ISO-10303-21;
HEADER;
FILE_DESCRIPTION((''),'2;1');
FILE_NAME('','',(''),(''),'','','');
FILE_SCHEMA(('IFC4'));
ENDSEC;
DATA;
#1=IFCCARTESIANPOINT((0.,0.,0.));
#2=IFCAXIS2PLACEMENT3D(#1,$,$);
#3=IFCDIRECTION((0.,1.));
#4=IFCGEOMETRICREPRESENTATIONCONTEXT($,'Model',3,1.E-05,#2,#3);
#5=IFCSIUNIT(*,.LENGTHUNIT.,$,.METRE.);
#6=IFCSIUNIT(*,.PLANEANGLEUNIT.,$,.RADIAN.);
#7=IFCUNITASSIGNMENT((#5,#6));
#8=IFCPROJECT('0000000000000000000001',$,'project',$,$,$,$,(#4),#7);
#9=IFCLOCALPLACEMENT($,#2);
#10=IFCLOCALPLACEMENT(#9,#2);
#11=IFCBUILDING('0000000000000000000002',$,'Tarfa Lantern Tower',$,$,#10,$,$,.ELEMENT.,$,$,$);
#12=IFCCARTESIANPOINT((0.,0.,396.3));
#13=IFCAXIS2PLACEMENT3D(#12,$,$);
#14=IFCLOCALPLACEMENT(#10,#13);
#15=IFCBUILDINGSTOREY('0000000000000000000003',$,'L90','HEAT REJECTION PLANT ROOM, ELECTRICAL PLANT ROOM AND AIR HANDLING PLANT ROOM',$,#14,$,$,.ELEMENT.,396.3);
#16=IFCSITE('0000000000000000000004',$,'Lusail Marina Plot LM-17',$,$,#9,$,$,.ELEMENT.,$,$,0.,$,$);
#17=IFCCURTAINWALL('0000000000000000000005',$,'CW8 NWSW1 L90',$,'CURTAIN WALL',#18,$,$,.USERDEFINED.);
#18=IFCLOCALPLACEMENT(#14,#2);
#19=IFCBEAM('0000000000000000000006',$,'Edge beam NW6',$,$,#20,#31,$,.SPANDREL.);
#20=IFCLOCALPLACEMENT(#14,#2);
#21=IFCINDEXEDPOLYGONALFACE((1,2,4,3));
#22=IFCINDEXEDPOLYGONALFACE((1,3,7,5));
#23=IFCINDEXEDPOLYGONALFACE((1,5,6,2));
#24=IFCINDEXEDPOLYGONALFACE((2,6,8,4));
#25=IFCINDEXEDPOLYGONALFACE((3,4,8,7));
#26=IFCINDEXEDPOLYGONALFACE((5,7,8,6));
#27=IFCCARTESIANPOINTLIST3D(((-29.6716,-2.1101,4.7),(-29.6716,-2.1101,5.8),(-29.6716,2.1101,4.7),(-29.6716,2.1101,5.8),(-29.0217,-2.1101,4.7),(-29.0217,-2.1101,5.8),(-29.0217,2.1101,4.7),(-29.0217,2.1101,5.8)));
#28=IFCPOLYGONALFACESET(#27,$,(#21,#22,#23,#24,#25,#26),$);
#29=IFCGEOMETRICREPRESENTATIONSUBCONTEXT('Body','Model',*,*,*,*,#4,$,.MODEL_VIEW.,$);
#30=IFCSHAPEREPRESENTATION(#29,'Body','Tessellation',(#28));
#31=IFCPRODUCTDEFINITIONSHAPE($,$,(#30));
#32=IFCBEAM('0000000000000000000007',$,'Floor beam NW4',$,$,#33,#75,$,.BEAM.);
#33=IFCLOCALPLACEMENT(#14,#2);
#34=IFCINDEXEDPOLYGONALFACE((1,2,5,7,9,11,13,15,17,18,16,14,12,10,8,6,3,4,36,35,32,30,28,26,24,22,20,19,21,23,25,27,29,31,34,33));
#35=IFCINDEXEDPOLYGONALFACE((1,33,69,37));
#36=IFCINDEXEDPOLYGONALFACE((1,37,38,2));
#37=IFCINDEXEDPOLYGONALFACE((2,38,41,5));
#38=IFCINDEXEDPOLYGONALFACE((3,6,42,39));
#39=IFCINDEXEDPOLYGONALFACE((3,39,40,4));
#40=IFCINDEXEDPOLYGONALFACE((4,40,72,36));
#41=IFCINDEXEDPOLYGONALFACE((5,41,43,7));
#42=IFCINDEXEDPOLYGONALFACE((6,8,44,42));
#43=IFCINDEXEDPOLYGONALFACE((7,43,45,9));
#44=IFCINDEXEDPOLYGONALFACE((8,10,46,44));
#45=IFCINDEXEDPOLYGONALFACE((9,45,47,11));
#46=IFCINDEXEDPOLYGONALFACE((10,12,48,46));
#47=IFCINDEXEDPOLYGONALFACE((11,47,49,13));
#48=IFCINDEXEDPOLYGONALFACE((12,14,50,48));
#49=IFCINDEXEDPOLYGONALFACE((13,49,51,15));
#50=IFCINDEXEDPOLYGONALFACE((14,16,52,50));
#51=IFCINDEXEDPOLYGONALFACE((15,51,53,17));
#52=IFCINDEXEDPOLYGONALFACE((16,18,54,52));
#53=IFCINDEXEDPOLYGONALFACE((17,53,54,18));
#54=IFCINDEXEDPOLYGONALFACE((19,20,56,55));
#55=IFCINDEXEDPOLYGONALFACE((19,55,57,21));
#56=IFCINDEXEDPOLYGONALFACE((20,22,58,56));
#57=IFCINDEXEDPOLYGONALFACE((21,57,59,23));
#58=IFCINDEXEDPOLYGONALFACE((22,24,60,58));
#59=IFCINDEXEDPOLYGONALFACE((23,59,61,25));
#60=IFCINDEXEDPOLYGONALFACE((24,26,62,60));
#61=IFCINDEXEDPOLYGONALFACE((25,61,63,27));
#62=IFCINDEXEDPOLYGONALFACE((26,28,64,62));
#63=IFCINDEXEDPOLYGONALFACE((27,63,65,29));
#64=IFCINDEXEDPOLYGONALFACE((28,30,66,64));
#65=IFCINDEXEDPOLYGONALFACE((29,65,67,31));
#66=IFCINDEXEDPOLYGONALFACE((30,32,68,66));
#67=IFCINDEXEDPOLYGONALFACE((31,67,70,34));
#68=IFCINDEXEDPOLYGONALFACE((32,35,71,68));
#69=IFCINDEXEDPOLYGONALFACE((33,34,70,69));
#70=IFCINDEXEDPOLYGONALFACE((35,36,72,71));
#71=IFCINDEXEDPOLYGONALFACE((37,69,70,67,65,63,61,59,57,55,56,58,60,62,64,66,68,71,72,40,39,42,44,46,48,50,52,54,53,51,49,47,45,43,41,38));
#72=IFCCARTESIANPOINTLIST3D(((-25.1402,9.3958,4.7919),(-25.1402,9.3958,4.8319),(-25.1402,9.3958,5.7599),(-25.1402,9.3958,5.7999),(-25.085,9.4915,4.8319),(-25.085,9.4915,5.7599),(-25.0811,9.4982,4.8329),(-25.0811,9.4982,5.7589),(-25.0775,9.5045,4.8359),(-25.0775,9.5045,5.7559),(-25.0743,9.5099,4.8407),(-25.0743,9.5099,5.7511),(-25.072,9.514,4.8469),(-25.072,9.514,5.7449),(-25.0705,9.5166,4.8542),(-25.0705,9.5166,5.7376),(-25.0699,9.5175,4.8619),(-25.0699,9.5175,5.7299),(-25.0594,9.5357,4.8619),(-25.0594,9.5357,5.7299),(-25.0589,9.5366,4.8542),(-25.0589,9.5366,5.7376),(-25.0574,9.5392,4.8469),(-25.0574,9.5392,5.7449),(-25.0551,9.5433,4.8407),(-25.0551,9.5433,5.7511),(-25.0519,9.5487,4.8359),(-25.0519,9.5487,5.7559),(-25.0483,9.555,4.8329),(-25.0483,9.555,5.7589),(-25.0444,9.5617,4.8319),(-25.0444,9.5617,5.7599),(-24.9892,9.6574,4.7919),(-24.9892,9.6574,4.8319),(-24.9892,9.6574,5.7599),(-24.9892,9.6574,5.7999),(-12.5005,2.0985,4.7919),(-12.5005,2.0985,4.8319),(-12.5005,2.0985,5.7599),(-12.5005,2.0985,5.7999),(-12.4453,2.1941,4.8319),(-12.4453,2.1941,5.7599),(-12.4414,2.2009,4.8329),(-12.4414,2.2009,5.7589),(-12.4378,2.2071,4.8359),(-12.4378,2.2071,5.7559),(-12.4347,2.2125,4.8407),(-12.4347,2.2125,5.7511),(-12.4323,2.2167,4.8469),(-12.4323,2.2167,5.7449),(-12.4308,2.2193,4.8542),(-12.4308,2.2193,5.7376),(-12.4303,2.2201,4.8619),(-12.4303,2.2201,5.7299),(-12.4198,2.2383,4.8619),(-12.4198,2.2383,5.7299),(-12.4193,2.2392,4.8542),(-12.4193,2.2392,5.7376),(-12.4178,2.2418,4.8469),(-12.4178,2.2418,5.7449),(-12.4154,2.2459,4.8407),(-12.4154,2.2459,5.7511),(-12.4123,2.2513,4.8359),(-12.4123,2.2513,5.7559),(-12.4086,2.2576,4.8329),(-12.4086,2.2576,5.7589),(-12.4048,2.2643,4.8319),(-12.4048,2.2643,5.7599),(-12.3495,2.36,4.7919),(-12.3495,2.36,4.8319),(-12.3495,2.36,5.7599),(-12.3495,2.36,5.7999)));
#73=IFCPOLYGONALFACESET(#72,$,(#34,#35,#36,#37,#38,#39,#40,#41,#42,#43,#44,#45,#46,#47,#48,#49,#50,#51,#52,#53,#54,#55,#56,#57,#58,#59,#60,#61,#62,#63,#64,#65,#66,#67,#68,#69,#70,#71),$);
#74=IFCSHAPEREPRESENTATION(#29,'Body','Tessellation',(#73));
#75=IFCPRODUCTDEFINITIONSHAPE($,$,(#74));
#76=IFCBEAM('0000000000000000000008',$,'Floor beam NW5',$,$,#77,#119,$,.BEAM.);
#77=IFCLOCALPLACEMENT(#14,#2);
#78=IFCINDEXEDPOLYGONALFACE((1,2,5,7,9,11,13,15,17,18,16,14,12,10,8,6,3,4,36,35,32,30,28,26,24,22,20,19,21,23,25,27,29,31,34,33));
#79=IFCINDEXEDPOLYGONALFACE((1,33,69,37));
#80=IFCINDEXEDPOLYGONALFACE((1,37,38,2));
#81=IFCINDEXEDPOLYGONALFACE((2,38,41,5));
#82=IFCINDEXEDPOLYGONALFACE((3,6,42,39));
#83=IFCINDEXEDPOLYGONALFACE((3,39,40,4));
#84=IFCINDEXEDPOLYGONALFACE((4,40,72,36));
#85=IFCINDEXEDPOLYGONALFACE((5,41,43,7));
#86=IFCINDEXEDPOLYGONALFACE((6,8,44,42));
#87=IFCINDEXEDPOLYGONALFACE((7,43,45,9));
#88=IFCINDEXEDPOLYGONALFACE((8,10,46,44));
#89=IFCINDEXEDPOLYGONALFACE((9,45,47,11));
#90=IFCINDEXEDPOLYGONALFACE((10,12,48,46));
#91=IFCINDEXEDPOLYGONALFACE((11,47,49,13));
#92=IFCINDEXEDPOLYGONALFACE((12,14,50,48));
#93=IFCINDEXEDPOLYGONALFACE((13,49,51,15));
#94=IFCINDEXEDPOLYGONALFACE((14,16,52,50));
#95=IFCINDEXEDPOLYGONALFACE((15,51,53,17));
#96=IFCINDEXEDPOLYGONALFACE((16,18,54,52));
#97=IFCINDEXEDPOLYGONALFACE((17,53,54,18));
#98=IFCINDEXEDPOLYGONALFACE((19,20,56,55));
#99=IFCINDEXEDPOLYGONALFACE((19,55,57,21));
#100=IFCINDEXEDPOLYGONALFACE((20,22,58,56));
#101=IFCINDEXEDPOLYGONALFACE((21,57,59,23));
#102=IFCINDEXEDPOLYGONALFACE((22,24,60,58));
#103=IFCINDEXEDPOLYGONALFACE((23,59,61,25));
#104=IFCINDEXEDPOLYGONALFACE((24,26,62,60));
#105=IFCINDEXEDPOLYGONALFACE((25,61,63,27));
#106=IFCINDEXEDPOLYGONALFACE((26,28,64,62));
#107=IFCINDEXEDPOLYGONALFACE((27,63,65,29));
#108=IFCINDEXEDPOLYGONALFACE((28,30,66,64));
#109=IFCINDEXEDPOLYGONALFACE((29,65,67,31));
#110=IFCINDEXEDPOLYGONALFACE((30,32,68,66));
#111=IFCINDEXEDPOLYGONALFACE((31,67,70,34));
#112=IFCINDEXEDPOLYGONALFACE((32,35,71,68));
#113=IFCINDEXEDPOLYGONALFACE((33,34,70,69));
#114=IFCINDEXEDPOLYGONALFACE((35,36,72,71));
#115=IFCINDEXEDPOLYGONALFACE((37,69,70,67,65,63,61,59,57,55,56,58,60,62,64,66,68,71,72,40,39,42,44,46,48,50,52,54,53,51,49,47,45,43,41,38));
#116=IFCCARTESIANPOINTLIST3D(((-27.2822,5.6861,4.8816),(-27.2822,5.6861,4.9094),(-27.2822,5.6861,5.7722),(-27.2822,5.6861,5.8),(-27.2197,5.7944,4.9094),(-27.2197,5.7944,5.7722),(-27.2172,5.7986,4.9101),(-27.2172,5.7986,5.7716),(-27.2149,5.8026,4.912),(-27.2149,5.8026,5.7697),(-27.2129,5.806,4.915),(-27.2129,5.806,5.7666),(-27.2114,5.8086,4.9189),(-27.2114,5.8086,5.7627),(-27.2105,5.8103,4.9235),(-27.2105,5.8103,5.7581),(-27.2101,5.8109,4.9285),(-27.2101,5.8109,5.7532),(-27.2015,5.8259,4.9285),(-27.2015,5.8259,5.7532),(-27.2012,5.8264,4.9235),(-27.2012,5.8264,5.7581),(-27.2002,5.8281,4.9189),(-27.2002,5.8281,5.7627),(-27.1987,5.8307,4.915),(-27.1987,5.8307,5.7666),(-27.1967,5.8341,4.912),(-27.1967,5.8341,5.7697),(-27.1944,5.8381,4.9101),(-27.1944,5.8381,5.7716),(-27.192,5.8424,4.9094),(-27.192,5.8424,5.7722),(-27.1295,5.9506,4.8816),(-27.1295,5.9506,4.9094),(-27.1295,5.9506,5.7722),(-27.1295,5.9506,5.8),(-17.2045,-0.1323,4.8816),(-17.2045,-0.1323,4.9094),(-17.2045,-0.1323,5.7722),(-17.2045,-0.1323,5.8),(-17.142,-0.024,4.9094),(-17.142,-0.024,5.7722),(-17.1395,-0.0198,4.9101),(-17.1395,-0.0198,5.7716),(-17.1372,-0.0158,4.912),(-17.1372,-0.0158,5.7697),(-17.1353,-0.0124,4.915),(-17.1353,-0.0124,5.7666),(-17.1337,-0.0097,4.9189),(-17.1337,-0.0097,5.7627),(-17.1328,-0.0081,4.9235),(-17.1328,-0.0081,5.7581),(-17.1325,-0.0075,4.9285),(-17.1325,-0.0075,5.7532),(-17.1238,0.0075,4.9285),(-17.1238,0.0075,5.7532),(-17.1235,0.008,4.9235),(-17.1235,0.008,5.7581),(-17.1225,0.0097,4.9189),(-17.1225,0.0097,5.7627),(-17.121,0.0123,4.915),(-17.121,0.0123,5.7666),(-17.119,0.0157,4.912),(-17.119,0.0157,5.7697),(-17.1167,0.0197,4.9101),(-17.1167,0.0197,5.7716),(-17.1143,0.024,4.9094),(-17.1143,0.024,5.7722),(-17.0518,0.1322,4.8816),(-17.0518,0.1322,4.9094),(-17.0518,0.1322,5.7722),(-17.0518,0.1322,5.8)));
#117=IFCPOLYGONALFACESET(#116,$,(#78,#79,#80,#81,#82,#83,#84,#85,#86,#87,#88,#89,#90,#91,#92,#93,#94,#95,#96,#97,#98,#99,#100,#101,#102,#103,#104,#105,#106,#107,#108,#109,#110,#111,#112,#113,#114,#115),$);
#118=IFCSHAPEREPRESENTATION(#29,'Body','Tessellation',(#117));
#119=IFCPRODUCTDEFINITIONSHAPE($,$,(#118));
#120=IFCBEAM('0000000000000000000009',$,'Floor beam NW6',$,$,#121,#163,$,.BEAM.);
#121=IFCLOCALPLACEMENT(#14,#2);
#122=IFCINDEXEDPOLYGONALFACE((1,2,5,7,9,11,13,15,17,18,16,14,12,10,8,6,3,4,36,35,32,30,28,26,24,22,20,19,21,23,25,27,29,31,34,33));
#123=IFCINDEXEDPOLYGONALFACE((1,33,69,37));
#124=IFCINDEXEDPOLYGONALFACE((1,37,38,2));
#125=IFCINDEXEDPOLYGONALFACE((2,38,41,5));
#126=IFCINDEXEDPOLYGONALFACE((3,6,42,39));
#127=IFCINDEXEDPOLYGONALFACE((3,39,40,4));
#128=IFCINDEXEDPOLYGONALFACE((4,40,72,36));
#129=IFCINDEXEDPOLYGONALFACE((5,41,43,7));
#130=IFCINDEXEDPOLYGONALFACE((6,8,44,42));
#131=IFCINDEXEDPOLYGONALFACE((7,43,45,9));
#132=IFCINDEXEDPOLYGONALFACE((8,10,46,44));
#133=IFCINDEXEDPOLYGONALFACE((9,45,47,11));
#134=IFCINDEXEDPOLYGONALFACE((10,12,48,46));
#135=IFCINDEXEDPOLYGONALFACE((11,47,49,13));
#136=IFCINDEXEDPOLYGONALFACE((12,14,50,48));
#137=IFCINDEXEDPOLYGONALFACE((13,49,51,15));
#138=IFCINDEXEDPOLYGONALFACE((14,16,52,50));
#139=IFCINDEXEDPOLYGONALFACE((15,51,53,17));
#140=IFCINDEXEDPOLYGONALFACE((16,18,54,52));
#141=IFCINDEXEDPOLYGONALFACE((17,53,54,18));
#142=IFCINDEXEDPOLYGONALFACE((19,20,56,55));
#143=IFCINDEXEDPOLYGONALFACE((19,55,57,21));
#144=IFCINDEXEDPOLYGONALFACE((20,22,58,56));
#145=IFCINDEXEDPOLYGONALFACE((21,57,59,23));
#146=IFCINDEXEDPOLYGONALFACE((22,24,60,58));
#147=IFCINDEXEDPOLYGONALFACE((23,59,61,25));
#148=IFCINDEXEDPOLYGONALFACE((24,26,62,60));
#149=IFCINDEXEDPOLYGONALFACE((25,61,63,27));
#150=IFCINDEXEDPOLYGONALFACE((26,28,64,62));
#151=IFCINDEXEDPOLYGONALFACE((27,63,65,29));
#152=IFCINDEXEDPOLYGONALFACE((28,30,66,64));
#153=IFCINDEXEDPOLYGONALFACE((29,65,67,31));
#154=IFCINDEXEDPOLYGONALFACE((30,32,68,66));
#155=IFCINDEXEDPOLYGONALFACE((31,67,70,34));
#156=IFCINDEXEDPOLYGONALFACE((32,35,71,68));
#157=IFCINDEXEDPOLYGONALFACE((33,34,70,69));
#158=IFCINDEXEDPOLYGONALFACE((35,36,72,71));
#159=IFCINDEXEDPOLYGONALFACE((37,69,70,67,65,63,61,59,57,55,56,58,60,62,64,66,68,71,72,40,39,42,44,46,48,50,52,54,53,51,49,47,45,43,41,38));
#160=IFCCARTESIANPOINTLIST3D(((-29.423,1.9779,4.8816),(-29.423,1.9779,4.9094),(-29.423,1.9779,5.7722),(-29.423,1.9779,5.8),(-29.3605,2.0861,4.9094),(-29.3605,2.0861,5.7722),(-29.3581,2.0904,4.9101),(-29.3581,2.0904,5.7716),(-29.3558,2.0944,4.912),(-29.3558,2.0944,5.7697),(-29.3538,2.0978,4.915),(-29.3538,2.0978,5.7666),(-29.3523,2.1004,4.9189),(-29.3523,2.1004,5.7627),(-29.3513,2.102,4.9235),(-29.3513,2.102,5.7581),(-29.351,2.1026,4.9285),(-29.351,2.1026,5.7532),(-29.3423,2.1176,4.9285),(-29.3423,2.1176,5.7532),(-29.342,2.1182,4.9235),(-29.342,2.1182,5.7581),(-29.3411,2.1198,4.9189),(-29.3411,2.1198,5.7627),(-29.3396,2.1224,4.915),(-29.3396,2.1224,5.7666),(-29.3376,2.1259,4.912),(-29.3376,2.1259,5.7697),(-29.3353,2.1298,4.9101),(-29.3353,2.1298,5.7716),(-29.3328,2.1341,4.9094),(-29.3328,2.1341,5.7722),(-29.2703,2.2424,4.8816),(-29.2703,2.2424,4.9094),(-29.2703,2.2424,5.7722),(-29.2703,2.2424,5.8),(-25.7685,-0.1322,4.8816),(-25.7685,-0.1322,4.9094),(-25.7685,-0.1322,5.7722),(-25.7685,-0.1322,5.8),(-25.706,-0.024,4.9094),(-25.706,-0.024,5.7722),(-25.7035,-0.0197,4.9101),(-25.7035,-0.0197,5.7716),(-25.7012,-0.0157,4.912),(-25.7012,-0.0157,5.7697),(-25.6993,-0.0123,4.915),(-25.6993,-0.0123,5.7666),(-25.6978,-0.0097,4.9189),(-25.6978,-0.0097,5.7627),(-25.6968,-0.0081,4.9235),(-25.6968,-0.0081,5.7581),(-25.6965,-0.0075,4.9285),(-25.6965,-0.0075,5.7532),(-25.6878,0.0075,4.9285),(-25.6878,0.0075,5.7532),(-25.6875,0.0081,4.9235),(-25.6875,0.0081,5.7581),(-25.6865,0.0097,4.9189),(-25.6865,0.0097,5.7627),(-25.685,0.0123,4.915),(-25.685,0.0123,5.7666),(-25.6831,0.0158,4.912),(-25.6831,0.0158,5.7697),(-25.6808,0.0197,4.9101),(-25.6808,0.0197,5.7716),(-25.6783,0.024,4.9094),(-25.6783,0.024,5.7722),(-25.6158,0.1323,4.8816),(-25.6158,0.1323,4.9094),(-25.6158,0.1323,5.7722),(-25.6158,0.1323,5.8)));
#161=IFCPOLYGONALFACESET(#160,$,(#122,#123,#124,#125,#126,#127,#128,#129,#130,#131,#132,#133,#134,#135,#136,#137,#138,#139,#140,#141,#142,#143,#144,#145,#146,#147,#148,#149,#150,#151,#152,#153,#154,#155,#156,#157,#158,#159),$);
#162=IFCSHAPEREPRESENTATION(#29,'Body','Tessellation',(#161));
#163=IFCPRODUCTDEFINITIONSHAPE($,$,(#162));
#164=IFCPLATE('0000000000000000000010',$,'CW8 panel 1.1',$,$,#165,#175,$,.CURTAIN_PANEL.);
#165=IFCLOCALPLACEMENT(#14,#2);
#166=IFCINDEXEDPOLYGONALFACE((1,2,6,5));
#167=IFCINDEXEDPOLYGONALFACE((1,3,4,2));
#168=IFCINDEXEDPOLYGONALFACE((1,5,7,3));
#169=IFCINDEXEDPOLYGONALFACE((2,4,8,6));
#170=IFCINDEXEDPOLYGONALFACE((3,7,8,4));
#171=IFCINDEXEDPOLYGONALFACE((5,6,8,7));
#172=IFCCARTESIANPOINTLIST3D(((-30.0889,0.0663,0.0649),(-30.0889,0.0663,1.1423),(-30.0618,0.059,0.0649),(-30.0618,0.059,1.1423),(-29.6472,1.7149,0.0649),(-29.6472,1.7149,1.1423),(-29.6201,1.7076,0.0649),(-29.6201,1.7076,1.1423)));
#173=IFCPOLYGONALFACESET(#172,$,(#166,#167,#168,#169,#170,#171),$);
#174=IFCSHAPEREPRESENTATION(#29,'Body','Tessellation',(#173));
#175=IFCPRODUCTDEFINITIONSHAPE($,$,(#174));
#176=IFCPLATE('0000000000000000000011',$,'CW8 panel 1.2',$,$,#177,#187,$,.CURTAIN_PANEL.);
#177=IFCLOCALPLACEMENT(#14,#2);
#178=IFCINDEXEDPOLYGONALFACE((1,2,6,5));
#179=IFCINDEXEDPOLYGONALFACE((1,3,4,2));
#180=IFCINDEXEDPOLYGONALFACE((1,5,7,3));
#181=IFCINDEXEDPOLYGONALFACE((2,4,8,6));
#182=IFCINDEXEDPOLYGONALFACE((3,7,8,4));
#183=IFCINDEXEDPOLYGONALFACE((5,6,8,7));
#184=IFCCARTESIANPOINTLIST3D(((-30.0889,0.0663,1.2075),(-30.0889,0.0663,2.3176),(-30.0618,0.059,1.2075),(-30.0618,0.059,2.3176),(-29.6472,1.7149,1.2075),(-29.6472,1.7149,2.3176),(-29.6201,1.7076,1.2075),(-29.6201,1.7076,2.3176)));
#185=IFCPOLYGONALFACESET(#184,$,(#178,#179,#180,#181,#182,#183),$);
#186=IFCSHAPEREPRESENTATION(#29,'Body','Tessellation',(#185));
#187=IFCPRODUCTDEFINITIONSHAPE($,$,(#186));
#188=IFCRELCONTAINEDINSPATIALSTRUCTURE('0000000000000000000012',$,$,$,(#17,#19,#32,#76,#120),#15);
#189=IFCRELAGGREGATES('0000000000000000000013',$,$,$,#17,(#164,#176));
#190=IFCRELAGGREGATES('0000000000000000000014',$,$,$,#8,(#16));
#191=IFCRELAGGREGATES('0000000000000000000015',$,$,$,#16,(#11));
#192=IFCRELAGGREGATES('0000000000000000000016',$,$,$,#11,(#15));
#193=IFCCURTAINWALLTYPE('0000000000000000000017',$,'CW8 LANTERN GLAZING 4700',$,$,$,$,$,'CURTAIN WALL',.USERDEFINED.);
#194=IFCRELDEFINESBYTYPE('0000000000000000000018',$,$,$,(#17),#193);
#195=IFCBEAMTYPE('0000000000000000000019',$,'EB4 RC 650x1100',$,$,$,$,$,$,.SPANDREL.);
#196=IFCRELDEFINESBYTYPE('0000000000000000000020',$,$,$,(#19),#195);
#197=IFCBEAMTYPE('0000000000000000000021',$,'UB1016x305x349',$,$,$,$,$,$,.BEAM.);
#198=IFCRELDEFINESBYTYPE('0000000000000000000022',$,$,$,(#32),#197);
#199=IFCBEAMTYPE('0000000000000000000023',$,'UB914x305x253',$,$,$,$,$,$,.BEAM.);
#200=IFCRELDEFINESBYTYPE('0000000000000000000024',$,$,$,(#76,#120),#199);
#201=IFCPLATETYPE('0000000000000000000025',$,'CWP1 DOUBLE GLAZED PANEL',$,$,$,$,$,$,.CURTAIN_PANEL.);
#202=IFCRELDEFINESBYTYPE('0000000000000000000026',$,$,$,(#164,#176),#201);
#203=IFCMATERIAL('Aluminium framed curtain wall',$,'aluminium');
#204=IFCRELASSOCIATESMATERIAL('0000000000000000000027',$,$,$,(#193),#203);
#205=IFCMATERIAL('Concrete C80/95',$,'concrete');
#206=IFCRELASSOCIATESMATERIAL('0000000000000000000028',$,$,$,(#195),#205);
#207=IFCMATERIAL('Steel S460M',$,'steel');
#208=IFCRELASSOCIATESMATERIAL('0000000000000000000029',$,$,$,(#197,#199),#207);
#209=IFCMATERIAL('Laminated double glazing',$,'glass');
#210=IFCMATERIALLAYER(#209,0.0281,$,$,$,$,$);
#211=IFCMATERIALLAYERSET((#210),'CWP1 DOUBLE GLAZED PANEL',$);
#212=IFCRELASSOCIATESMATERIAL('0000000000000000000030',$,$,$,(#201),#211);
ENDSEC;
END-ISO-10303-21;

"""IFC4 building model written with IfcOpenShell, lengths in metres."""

from ifc_helpers import new_model, si_unit, direction, frame, origin, origin_2d, place, context, subcontext, project, spatial, rectangle, i_section, extrude, material, layer, layer_set, material_profile, profile_set, type_object, element, aggregate, save


model = new_model("IFC4")

# Units and contexts
model_context = context("Model", 3, precision=1e-05, world=origin(), true_north=direction((0.0, 1.0)))
body_context = subcontext(model_context, "Body", "Model", "MODEL_VIEW")
ifc_project = project(units=[si_unit("LENGTHUNIT", "METRE"), si_unit("PLANEANGLEUNIT", "RADIAN")], contexts=[model_context])

# Site, building, storey
site_placement = place(None, origin())
site = spatial("IfcSite", under=ifc_project, at=site_placement, Name="Lusail Marina Plot LM-17", CompositionType="ELEMENT", RefElevation=0.0)
building_placement = place(site_placement, origin())
building = spatial("IfcBuilding", under=site, at=building_placement, Name="Tarfa Lantern Tower", CompositionType="ELEMENT")
storey_placement = place(building_placement, frame((0.0, 0.0, 396.3)))
storey = spatial("IfcBuildingStorey", under=building, at=storey_placement, Name="L90", Description="HEAT REJECTION PLANT ROOM, ELECTRICAL PLANT ROOM AND AIR HANDLING PLANT ROOM", CompositionType="ELEMENT", Elevation=396.3)

# Shared definitions
ifc_material_1 = material(Name="Concrete C80/95", Category="concrete")

# Curtain wall
ifc_material_2 = material(Name="Aluminium framed curtain wall", Category="aluminium")
curtain_wall_type = type_object("IfcCurtainWallType", Name="CW8 LANTERN GLAZING 4700", ElementType="CURTAIN WALL", PredefinedType="USERDEFINED", material=ifc_material_2)
curtain_wall_1_placement = place(storey_placement, origin())
curtain_wall_1 = element("IfcCurtainWall", 1, at=curtain_wall_1_placement, inside=storey, type_object=curtain_wall_type, Name="CW8 NWSW1 L90", ObjectType="CURTAIN WALL", PredefinedType="USERDEFINED")

# Beams
ifc_material_profile_1 = material_profile(ifc_material_1, rectangle(XDim=0.6499, YDim=1.1001, at=origin_2d()), Name="RC 650x1100")
ifc_profile_set_1 = profile_set([ifc_material_profile_1], Name="Concrete C80/95")
beam_type_1 = type_object("IfcBeamType", Name="EB4 RC 650x1100", PredefinedType="SPANDREL", material=ifc_profile_set_1)
beam_1_placement = place(storey_placement, frame((-29.3467, 2.1101, 5.25), z_axis=(0.0, -1.0, 0.0), x_axis=(1.0, 0.0, 0.0)))
element("IfcBeam", 2, at=beam_1_placement, inside=storey, type_object=beam_type_1, Name="Edge beam NW6", PredefinedType="SPANDREL", context=body_context, shape_type="SweptSolid", body=[
    extrude(rectangle(XDim=0.6499, YDim=1.1001, at=origin_2d()), origin(), (0.0, 0.0, 1.0), 4.2202),
])
ifc_material_3 = material(Name="Steel S460M", Category="steel")
ifc_material_profile_2 = material_profile(ifc_material_3, i_section(OverallWidth=0.302, OverallDepth=1.0081, WebThickness=0.021, FlangeThickness=0.04, FilletRadius=0.03, at=origin_2d()), Name="UB1016x305x349")
ifc_profile_set_2 = profile_set([ifc_material_profile_2], Name="Steel S460M")
beam_type_2 = type_object("IfcBeamType", Name="UB1016x305x349", PredefinedType="BEAM", material=ifc_profile_set_2)
beam_2_placement = place(storey_placement, frame((-25.0647, 9.5266, 5.2959), z_axis=(0.86603, -0.499993, 0.0), x_axis=(0.499993, 0.86603, 0.0)))
element("IfcBeam", 3, at=beam_2_placement, inside=storey, type_object=beam_type_2, Name="Floor beam NW4", PredefinedType="BEAM", context=body_context, shape_type="SweptSolid", body=[
    extrude(i_section(OverallWidth=0.302, OverallDepth=1.0081, WebThickness=0.021, FlangeThickness=0.04, FilletRadius=0.03, at=origin_2d()), origin(), (0.0, 0.0, 1.0), 14.595),
])
ifc_material_profile_3 = material_profile(ifc_material_3, i_section(OverallWidth=0.3054, OverallDepth=0.9185, WebThickness=0.0173, FlangeThickness=0.0278, FilletRadius=0.019, at=origin_2d()), Name="UB914x305x253")
ifc_profile_set_3 = profile_set([ifc_material_profile_3], Name="Steel S460M")
beam_type_3 = type_object("IfcBeamType", Name="UB914x305x253", PredefinedType="BEAM", material=ifc_profile_set_3)
beam_3_placement = place(storey_placement, frame((-27.2058, 5.8184, 5.3408), z_axis=(0.866024, -0.500002, 0.0), x_axis=(0.500002, 0.866024, 0.0)))
element("IfcBeam", 4, at=beam_3_placement, inside=storey, type_object=beam_type_3, Name="Floor beam NW5", PredefinedType="BEAM", context=body_context, shape_type="SweptSolid", body=[
    extrude(i_section(OverallWidth=0.3054, OverallDepth=0.9185, WebThickness=0.0173, FlangeThickness=0.0278, FilletRadius=0.019, at=origin_2d()), origin(), (0.0, 0.0, 1.0), 11.6367),
])
beam_4_placement = place(storey_placement, frame((-29.3467, 2.1101, 5.3408), z_axis=(0.866009, -0.500028, 0.0), x_axis=(0.500028, 0.866009, 0.0)))
element("IfcBeam", 5, at=beam_4_placement, inside=storey, type_object=beam_type_3, Name="Floor beam NW6", PredefinedType="BEAM", context=body_context, shape_type="SweptSolid", body=[
    extrude(i_section(OverallWidth=0.3054, OverallDepth=0.9185, WebThickness=0.0173, FlangeThickness=0.0278, FilletRadius=0.019, at=origin_2d()), origin(), (0.0, 0.0, 1.0), 4.22),
])

# Plates
ifc_material_4 = material(Name="Laminated double glazing", Category="glass")
ifc_layer = layer(ifc_material_4, 0.0281)
ifc_layer_set = layer_set([ifc_layer], Name="CWP1 DOUBLE GLAZED PANEL")
plate_type = type_object("IfcPlateType", Name="CWP1 DOUBLE GLAZED PANEL", PredefinedType="CURTAIN_PANEL", material=ifc_layer_set)
plate_1_placement = place(storey_placement, frame((-29.8545, 0.887, 0.0649), z_axis=(0.0, 0.0, 1.0), x_axis=(-0.258819, -0.965926, 0.0)))
plate_1 = element("IfcPlate", 6, at=plate_1_placement, type_object=plate_type, Name="CW8 panel 1.1", PredefinedType="CURTAIN_PANEL", context=body_context, shape_type="SweptSolid", body=[
    extrude(rectangle(XDim=1.7068, YDim=0.0281, at=origin_2d()), origin(), (0.0, 0.0, 1.0), 1.0774),
])
plate_2_placement = place(storey_placement, frame((-29.8545, 0.887, 1.2075), z_axis=(0.0, 0.0, 1.0), x_axis=(-0.258819, -0.965926, 0.0)))
plate_2 = element("IfcPlate", 7, at=plate_2_placement, type_object=plate_type, Name="CW8 panel 1.2", PredefinedType="CURTAIN_PANEL", context=body_context, shape_type="SweptSolid", body=[
    extrude(rectangle(XDim=1.7068, YDim=0.0281, at=origin_2d()), origin(), (0.0, 0.0, 1.0), 1.1101),
])
aggregate(curtain_wall_1, [plate_1, plate_2])

save(model, "model.ifc")
